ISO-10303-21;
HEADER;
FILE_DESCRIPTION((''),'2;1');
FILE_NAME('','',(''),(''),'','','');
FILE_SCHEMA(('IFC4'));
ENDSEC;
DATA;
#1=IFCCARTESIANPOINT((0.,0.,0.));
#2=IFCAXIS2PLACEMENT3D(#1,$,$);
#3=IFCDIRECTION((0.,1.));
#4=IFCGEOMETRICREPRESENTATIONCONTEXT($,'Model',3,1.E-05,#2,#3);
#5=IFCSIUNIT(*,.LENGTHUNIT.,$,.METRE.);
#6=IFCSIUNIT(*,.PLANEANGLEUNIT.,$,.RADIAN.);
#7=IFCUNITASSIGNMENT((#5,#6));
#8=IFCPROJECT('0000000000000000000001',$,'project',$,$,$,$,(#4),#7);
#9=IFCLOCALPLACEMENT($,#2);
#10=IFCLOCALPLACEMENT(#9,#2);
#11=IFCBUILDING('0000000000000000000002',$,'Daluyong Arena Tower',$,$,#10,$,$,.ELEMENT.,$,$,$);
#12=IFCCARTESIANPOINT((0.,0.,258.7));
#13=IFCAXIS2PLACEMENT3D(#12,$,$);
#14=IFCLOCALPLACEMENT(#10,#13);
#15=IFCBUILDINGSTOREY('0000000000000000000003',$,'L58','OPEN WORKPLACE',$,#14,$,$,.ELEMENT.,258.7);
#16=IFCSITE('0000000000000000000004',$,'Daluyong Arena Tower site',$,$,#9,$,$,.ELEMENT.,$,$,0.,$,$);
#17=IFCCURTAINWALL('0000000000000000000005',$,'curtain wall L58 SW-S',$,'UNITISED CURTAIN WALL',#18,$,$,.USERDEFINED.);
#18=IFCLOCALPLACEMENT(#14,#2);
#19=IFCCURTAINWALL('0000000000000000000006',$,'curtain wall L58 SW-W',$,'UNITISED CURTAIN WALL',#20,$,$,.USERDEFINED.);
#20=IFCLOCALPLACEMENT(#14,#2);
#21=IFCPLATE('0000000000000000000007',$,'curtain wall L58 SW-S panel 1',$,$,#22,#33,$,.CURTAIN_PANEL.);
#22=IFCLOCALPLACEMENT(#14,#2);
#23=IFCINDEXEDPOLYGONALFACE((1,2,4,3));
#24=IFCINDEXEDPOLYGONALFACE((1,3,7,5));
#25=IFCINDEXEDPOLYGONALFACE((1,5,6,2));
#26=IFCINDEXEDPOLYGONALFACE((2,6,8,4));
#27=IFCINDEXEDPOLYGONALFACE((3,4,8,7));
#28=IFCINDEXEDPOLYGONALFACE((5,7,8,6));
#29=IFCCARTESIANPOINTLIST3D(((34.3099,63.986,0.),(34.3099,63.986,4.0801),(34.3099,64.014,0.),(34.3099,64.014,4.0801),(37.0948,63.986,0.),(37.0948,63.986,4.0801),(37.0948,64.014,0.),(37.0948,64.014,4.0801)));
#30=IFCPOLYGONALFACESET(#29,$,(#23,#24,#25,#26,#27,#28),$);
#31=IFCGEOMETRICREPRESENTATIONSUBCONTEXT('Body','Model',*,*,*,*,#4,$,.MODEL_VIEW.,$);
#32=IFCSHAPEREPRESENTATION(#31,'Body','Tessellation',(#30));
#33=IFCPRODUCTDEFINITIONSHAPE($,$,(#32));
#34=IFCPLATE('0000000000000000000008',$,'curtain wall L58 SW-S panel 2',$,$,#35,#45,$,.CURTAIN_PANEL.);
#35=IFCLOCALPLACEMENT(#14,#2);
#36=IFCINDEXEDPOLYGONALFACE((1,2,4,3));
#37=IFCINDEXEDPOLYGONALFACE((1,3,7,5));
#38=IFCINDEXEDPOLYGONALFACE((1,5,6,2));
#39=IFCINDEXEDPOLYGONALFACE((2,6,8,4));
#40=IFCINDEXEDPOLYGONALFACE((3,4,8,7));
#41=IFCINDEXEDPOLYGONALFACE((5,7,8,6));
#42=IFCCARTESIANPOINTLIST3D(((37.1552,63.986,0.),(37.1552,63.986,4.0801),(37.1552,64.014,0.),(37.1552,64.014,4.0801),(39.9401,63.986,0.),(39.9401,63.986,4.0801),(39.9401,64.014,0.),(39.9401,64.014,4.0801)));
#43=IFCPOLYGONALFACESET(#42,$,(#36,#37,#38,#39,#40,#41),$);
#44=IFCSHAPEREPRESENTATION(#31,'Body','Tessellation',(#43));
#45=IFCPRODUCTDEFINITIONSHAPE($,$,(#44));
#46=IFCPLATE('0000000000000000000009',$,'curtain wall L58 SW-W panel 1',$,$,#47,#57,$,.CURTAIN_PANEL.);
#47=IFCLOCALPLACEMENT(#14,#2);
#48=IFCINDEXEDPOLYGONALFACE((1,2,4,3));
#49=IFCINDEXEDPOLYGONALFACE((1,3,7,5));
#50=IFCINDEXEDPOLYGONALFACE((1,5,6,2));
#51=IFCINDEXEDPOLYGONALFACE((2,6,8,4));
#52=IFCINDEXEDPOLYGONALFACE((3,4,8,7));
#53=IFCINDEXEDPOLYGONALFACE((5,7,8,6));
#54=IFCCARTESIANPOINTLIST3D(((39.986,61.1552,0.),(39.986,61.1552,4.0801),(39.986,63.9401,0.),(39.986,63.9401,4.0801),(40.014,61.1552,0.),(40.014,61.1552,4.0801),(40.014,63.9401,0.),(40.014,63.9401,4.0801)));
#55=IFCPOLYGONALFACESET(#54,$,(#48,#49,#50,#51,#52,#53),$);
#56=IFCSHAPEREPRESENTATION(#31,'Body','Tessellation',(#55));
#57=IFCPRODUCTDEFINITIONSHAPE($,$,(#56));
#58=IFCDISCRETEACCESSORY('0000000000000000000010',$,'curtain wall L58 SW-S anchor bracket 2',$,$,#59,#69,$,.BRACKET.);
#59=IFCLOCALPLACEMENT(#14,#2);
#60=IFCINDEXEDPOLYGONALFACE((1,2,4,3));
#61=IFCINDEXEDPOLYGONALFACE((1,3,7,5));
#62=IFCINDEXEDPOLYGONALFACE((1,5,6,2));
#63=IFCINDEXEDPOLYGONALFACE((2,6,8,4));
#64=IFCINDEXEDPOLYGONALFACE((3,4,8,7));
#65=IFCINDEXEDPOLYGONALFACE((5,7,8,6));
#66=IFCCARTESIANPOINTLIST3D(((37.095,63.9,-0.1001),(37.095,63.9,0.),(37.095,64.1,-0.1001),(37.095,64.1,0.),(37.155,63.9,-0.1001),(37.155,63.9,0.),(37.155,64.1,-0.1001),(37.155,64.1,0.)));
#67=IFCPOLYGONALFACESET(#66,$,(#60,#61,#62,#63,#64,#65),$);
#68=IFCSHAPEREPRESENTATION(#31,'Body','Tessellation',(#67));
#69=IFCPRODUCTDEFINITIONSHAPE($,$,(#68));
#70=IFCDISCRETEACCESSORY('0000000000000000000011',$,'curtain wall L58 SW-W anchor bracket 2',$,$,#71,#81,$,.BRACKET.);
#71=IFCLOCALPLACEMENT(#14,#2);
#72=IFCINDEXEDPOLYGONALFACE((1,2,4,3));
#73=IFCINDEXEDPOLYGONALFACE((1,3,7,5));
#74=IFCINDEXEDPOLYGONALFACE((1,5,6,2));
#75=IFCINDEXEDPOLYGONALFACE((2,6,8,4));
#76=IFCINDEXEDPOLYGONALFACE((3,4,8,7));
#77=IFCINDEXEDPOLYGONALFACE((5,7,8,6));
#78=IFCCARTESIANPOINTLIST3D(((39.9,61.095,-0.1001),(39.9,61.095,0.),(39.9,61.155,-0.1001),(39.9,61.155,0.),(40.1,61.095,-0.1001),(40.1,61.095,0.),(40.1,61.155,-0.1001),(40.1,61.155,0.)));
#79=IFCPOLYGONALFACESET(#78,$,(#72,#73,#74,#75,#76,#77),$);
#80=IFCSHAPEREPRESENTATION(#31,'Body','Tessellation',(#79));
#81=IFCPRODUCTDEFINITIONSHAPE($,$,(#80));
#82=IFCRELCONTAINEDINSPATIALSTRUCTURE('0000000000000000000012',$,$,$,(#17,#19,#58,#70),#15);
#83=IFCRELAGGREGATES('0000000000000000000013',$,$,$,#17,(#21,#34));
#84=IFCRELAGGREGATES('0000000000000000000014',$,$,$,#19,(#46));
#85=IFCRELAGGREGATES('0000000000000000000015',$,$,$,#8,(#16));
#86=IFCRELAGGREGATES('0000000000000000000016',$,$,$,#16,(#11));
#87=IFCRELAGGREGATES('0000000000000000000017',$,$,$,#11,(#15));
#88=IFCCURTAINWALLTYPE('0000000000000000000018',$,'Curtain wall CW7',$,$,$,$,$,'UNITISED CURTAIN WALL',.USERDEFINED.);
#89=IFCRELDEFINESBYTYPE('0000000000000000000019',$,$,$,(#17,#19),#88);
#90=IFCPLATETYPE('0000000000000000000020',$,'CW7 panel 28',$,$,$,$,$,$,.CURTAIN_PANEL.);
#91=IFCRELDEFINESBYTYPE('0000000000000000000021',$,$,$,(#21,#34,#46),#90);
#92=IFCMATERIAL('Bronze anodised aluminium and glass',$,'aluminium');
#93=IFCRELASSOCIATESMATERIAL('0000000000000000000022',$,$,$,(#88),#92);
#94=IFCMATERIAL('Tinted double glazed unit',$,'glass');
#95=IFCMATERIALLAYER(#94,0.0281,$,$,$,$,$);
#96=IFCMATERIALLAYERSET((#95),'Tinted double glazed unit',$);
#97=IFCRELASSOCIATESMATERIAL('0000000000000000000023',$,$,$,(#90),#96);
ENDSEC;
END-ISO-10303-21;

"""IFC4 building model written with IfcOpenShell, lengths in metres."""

from ifc_helpers import new_model, si_unit, direction, frame, origin, origin_2d, place, context, subcontext, project, spatial, rectangle, extrude, material, layer, layer_set, type_object, element, aggregate, save


model = new_model("IFC4")

# Units and contexts
model_context = context("Model", 3, precision=1e-05, world=origin(), true_north=direction((0.0, 1.0)))
body_context = subcontext(model_context, "Body", "Model", "MODEL_VIEW")
ifc_project = project(units=[si_unit("LENGTHUNIT", "METRE"), si_unit("PLANEANGLEUNIT", "RADIAN")], contexts=[model_context])

# Site, building, storey
site_placement = place(None, origin())
site = spatial("IfcSite", under=ifc_project, at=site_placement, Name="Daluyong Arena Tower site", CompositionType="ELEMENT", RefElevation=0.0)
building_placement = place(site_placement, origin())
building = spatial("IfcBuilding", under=site, at=building_placement, Name="Daluyong Arena Tower", CompositionType="ELEMENT")
storey_placement = place(building_placement, frame((0.0, 0.0, 258.7)))
storey = spatial("IfcBuildingStorey", under=building, at=storey_placement, Name="L58", Description="OPEN WORKPLACE", CompositionType="ELEMENT", Elevation=258.7)

# Curtain walls
ifc_material_1 = material(Name="Bronze anodised aluminium and glass", Category="aluminium")
curtain_wall_type = type_object("IfcCurtainWallType", Name="Curtain wall CW7", ElementType="UNITISED CURTAIN WALL", PredefinedType="USERDEFINED", material=ifc_material_1)
curtain_wall_1_placement = place(storey_placement, origin())
curtain_wall_1 = element("IfcCurtainWall", 1, at=curtain_wall_1_placement, inside=storey, type_object=curtain_wall_type, Name="curtain wall L58 SW-S", ObjectType="UNITISED CURTAIN WALL", PredefinedType="USERDEFINED")
curtain_wall_2_placement = place(storey_placement, origin())
curtain_wall_2 = element("IfcCurtainWall", 2, at=curtain_wall_2_placement, inside=storey, type_object=curtain_wall_type, Name="curtain wall L58 SW-W", ObjectType="UNITISED CURTAIN WALL", PredefinedType="USERDEFINED")

# Plates
ifc_material_2 = material(Name="Tinted double glazed unit", Category="glass")
ifc_layer = layer(ifc_material_2, 0.0281)
ifc_layer_set = layer_set([ifc_layer], Name="Tinted double glazed unit")
plate_type = type_object("IfcPlateType", Name="CW7 panel 28", PredefinedType="CURTAIN_PANEL", material=ifc_layer_set)
plate_1_placement = place(storey_placement, frame((35.7024, 64.0, 0.0), z_axis=(0.0, 0.0, 1.0), x_axis=(1.0, 0.0, 0.0)))
plate_1 = element("IfcPlate", 3, at=plate_1_placement, type_object=plate_type, Name="curtain wall L58 SW-S panel 1", PredefinedType="CURTAIN_PANEL", context=body_context, shape_type="SweptSolid", body=[
    extrude(rectangle(XDim=2.7849, YDim=0.0281, at=origin_2d()), origin(), (0.0, 0.0, 1.0), 4.0801),
])
plate_2_placement = place(storey_placement, frame((38.5476, 64.0, 0.0), z_axis=(0.0, 0.0, 1.0), x_axis=(1.0, 0.0, 0.0)))
plate_2 = element("IfcPlate", 4, at=plate_2_placement, type_object=plate_type, Name="curtain wall L58 SW-S panel 2", PredefinedType="CURTAIN_PANEL", context=body_context, shape_type="SweptSolid", body=[
    extrude(rectangle(XDim=2.7849, YDim=0.0281, at=origin_2d()), origin(), (0.0, 0.0, 1.0), 4.0801),
])
aggregate(curtain_wall_1, [plate_1, plate_2])
plate_3_placement = place(storey_placement, frame((40.0, 62.5476, 0.0), z_axis=(0.0, 0.0, 1.0), x_axis=(0.0, -1.0, 0.0)))
plate_3 = element("IfcPlate", 5, at=plate_3_placement, type_object=plate_type, Name="curtain wall L58 SW-W panel 1", PredefinedType="CURTAIN_PANEL", context=body_context, shape_type="SweptSolid", body=[
    extrude(rectangle(XDim=2.7849, YDim=0.0281, at=origin_2d()), origin(), (0.0, 0.0, 1.0), 4.0801),
])
aggregate(curtain_wall_2, [plate_3])

# Discrete accessories
for number, where, z_axis, x_axis, name in (
    (6, (37.125, 64.0, -0.1001), (0.0, 0.0, 1.0), (1.0, 0.0, 0.0), "curtain wall L58 SW-S anchor bracket 2"),
    (7, (40.0, 61.125, -0.1001), (0.0, 0.0, 1.0), (0.0, -1.0, 0.0), "curtain wall L58 SW-W anchor bracket 2"),
):
    element("IfcDiscreteAccessory", number, at=place(storey_placement, frame(where, z_axis=z_axis, x_axis=x_axis)), inside=storey, Name=name, PredefinedType="BRACKET", context=body_context, shape_type="SweptSolid", body=[
        extrude(rectangle(XDim=0.0601, YDim=0.2, at=origin_2d()), origin(), (0.0, 0.0, 1.0), 0.1001),
    ])

save(model, "model.ifc")
